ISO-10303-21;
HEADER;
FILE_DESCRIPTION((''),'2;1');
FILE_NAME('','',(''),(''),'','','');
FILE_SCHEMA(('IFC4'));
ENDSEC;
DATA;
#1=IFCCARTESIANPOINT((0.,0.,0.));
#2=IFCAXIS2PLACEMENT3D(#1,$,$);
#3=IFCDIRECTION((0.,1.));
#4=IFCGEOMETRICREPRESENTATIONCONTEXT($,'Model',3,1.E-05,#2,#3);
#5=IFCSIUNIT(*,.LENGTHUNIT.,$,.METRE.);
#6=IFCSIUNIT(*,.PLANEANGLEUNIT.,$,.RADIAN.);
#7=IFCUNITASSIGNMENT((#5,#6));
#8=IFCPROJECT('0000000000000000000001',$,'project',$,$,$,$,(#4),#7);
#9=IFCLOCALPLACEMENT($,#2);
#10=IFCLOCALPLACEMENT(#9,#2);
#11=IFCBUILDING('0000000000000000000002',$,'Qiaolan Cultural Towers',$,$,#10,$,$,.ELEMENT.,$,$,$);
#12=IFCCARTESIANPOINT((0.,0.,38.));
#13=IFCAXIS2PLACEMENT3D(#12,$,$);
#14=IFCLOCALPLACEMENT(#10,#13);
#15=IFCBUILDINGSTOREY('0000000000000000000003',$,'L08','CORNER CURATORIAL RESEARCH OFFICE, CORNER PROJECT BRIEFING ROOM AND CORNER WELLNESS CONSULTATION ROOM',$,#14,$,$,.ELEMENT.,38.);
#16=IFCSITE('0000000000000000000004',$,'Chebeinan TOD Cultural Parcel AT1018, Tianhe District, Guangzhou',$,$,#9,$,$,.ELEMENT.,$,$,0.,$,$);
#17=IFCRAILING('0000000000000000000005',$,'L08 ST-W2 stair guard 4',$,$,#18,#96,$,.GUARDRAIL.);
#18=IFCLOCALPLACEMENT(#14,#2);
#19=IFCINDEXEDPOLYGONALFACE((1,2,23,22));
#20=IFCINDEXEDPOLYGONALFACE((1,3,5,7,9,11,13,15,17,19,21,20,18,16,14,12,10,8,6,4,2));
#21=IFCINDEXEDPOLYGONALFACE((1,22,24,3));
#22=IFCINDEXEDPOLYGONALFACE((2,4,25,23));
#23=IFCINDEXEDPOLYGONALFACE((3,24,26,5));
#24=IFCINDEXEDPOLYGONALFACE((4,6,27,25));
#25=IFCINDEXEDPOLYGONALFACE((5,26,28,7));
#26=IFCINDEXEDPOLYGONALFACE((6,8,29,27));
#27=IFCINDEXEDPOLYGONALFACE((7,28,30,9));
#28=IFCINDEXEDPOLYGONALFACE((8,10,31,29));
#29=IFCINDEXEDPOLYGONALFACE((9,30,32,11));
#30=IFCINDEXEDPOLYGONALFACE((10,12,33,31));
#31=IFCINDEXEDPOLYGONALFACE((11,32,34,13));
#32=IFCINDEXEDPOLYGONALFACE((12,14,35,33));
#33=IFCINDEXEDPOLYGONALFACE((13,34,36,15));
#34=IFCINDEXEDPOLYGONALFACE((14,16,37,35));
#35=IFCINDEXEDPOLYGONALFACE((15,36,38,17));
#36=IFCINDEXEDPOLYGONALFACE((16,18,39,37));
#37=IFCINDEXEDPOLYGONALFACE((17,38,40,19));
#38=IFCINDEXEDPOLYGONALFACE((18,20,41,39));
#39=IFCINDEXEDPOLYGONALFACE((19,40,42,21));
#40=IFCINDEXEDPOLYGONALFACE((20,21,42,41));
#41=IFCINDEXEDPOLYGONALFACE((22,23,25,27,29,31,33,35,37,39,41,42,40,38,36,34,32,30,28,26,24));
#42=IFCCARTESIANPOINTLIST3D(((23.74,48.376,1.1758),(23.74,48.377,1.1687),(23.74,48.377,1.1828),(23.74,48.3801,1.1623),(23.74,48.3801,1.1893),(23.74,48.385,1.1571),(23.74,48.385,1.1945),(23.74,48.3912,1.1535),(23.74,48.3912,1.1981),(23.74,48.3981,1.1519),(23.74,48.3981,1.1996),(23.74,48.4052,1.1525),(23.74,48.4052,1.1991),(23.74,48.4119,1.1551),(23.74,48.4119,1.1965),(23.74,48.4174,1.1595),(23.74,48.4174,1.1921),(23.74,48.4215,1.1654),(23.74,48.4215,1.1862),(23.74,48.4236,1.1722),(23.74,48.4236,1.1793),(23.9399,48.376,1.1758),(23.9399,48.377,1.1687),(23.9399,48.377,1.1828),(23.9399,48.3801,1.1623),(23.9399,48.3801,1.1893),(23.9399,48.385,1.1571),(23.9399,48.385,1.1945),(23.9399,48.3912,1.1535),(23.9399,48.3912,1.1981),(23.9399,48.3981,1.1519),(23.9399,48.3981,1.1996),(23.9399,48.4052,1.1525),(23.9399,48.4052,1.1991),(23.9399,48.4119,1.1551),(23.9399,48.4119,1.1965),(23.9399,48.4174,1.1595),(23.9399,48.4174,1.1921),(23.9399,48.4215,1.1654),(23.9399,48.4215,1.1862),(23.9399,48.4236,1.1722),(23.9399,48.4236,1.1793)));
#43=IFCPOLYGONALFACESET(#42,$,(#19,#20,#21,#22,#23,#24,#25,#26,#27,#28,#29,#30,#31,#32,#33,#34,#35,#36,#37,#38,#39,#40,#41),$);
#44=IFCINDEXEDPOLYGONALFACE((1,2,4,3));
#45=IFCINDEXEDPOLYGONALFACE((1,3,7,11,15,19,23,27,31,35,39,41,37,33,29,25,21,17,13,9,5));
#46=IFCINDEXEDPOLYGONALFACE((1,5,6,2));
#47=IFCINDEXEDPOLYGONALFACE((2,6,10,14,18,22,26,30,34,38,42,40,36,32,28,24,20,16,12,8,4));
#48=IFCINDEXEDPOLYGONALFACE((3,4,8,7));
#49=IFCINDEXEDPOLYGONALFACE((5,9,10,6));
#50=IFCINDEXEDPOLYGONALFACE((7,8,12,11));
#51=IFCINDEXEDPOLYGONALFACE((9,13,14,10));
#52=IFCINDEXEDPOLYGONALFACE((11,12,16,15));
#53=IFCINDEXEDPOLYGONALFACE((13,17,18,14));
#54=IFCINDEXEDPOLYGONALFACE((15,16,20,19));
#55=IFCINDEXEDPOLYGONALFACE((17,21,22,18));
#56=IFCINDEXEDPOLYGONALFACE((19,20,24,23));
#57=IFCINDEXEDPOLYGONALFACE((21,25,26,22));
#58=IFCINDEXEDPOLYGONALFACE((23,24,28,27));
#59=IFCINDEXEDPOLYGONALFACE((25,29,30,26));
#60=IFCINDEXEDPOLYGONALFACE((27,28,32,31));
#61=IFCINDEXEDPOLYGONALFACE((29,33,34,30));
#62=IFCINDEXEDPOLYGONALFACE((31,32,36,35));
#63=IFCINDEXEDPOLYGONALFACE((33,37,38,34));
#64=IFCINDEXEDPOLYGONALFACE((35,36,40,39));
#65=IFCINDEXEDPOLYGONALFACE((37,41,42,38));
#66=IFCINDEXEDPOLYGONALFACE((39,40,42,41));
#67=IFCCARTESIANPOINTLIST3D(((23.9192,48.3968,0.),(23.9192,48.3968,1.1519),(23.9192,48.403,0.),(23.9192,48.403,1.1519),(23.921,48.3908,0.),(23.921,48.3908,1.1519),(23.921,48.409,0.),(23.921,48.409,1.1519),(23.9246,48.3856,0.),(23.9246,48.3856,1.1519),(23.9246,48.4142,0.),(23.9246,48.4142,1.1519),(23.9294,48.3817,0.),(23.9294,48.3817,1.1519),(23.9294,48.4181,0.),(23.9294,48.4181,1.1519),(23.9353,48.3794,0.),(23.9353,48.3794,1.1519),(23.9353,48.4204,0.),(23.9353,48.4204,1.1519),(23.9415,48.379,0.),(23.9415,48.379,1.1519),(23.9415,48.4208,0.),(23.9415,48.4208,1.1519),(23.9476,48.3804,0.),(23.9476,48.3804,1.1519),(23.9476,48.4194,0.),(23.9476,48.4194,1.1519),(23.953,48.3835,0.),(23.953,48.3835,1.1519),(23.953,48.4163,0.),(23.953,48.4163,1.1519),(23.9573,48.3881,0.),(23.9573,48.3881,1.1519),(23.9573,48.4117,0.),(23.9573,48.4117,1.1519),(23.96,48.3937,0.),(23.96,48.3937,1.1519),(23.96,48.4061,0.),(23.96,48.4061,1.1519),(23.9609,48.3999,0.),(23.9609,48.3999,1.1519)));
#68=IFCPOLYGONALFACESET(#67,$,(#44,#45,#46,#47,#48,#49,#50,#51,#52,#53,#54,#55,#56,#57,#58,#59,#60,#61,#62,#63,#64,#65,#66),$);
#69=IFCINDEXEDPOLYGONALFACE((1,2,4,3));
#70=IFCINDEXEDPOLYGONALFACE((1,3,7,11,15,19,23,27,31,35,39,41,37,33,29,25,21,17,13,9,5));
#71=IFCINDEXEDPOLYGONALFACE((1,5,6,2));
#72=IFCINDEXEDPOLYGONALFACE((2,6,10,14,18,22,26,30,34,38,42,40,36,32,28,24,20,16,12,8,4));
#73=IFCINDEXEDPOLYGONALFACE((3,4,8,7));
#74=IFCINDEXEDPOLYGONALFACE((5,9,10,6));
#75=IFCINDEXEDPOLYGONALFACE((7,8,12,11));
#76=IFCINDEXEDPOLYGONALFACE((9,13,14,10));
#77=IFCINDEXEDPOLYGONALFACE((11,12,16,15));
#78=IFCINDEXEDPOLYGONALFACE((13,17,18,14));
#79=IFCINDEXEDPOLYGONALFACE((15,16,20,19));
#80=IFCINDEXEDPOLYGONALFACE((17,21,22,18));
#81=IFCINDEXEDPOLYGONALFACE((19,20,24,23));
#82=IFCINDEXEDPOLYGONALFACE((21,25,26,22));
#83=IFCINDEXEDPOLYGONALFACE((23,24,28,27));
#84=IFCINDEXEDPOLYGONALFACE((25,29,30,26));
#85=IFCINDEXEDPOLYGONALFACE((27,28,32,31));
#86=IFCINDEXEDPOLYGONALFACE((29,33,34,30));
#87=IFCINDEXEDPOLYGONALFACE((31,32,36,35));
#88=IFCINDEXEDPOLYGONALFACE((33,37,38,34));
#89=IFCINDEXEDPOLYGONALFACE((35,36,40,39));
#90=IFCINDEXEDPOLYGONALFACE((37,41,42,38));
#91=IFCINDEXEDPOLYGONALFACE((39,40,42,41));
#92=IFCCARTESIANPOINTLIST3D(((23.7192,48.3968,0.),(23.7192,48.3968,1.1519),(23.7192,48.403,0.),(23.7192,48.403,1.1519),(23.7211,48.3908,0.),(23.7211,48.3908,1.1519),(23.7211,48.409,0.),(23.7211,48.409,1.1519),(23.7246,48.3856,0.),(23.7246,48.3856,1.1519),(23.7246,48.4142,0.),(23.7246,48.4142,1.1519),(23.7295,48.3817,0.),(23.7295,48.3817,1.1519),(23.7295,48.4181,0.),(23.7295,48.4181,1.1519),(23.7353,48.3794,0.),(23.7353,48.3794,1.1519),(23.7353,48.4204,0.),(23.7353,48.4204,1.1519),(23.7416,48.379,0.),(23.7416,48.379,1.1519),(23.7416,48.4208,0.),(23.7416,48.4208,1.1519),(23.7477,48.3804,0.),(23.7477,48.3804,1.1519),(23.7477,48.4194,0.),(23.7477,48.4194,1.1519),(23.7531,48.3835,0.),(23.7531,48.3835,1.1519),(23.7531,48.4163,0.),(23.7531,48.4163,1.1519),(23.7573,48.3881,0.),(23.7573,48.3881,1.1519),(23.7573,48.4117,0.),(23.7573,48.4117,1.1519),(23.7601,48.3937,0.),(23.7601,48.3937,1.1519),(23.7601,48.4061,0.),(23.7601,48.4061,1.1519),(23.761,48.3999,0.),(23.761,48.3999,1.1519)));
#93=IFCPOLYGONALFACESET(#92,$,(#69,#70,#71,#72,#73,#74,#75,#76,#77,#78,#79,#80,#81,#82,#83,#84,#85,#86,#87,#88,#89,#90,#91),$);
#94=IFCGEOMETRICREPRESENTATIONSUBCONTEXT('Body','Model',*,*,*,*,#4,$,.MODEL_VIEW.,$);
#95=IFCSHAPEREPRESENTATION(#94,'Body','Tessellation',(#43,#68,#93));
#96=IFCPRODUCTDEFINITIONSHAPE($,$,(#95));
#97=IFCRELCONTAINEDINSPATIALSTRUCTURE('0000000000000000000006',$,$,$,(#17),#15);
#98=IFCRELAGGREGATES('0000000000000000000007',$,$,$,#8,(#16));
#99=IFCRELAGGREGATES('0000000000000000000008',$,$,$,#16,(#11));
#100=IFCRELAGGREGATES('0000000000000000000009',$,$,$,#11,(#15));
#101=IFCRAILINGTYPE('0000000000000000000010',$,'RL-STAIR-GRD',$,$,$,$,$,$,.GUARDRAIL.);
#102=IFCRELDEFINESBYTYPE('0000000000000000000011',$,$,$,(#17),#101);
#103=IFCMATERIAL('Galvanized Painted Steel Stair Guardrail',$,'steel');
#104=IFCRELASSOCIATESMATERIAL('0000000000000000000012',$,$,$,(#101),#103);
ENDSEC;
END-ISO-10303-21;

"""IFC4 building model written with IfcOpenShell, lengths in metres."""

from ifc_helpers import new_model, si_unit, direction, frame, origin, origin_2d, place, context, subcontext, project, spatial, circle, extrude, material, type_object, element, save


model = new_model("IFC4")

# Units and contexts
model_context = context("Model", 3, precision=1e-05, world=origin(), true_north=direction((0.0, 1.0)))
body_context = subcontext(model_context, "Body", "Model", "MODEL_VIEW")
ifc_project = project(units=[si_unit("LENGTHUNIT", "METRE"), si_unit("PLANEANGLEUNIT", "RADIAN")], contexts=[model_context])

# Site, building, storey
site_placement = place(None, origin())
site = spatial("IfcSite", under=ifc_project, at=site_placement, Name="Chebeinan TOD Cultural Parcel AT1018, Tianhe District, Guangzhou", CompositionType="ELEMENT", RefElevation=0.0)
building_placement = place(site_placement, origin())
building = spatial("IfcBuilding", under=site, at=building_placement, Name="Qiaolan Cultural Towers", CompositionType="ELEMENT")
storey_placement = place(building_placement, frame((0.0, 0.0, 38.0)))
storey = spatial("IfcBuildingStorey", under=building, at=storey_placement, Name="L08", Description="CORNER CURATORIAL RESEARCH OFFICE, CORNER PROJECT BRIEFING ROOM AND CORNER WELLNESS CONSULTATION ROOM", CompositionType="ELEMENT", Elevation=38.0)

# Railing
ifc_material_1 = material(Name="Galvanized Painted Steel Stair Guardrail", Category="steel")
railing_type_1 = type_object("IfcRailingType", Name="RL-STAIR-GRD", PredefinedType="GUARDRAIL", material=ifc_material_1)
railing_1_placement = place(storey_placement, frame((23.9399, 48.3999, 0.0)))
element("IfcRailing", 1, at=railing_1_placement, inside=storey, type_object=railing_type_1, Name="L08 ST-W2 stair guard 4", PredefinedType="GUARDRAIL", context=body_context, shape_type="SweptSolid", body=[
    extrude(circle(Radius=0.0239, at=origin_2d()), frame((0.0, 0.0, 1.1758), z_axis=(-1.0, 0.0, 0.0), x_axis=(0.0, -1.0, 0.0)), (0.0, 0.0, 1.0), 0.2),
    extrude(circle(Radius=0.021, at=origin_2d()), origin(), (0.0, 0.0, 1.0), 1.1519),
    extrude(circle(Radius=0.021, at=origin_2d()), frame((-0.2, 0.0, 0.0)), (0.0, 0.0, 1.0), 1.1519),
])

save(model, "model.ifc")
